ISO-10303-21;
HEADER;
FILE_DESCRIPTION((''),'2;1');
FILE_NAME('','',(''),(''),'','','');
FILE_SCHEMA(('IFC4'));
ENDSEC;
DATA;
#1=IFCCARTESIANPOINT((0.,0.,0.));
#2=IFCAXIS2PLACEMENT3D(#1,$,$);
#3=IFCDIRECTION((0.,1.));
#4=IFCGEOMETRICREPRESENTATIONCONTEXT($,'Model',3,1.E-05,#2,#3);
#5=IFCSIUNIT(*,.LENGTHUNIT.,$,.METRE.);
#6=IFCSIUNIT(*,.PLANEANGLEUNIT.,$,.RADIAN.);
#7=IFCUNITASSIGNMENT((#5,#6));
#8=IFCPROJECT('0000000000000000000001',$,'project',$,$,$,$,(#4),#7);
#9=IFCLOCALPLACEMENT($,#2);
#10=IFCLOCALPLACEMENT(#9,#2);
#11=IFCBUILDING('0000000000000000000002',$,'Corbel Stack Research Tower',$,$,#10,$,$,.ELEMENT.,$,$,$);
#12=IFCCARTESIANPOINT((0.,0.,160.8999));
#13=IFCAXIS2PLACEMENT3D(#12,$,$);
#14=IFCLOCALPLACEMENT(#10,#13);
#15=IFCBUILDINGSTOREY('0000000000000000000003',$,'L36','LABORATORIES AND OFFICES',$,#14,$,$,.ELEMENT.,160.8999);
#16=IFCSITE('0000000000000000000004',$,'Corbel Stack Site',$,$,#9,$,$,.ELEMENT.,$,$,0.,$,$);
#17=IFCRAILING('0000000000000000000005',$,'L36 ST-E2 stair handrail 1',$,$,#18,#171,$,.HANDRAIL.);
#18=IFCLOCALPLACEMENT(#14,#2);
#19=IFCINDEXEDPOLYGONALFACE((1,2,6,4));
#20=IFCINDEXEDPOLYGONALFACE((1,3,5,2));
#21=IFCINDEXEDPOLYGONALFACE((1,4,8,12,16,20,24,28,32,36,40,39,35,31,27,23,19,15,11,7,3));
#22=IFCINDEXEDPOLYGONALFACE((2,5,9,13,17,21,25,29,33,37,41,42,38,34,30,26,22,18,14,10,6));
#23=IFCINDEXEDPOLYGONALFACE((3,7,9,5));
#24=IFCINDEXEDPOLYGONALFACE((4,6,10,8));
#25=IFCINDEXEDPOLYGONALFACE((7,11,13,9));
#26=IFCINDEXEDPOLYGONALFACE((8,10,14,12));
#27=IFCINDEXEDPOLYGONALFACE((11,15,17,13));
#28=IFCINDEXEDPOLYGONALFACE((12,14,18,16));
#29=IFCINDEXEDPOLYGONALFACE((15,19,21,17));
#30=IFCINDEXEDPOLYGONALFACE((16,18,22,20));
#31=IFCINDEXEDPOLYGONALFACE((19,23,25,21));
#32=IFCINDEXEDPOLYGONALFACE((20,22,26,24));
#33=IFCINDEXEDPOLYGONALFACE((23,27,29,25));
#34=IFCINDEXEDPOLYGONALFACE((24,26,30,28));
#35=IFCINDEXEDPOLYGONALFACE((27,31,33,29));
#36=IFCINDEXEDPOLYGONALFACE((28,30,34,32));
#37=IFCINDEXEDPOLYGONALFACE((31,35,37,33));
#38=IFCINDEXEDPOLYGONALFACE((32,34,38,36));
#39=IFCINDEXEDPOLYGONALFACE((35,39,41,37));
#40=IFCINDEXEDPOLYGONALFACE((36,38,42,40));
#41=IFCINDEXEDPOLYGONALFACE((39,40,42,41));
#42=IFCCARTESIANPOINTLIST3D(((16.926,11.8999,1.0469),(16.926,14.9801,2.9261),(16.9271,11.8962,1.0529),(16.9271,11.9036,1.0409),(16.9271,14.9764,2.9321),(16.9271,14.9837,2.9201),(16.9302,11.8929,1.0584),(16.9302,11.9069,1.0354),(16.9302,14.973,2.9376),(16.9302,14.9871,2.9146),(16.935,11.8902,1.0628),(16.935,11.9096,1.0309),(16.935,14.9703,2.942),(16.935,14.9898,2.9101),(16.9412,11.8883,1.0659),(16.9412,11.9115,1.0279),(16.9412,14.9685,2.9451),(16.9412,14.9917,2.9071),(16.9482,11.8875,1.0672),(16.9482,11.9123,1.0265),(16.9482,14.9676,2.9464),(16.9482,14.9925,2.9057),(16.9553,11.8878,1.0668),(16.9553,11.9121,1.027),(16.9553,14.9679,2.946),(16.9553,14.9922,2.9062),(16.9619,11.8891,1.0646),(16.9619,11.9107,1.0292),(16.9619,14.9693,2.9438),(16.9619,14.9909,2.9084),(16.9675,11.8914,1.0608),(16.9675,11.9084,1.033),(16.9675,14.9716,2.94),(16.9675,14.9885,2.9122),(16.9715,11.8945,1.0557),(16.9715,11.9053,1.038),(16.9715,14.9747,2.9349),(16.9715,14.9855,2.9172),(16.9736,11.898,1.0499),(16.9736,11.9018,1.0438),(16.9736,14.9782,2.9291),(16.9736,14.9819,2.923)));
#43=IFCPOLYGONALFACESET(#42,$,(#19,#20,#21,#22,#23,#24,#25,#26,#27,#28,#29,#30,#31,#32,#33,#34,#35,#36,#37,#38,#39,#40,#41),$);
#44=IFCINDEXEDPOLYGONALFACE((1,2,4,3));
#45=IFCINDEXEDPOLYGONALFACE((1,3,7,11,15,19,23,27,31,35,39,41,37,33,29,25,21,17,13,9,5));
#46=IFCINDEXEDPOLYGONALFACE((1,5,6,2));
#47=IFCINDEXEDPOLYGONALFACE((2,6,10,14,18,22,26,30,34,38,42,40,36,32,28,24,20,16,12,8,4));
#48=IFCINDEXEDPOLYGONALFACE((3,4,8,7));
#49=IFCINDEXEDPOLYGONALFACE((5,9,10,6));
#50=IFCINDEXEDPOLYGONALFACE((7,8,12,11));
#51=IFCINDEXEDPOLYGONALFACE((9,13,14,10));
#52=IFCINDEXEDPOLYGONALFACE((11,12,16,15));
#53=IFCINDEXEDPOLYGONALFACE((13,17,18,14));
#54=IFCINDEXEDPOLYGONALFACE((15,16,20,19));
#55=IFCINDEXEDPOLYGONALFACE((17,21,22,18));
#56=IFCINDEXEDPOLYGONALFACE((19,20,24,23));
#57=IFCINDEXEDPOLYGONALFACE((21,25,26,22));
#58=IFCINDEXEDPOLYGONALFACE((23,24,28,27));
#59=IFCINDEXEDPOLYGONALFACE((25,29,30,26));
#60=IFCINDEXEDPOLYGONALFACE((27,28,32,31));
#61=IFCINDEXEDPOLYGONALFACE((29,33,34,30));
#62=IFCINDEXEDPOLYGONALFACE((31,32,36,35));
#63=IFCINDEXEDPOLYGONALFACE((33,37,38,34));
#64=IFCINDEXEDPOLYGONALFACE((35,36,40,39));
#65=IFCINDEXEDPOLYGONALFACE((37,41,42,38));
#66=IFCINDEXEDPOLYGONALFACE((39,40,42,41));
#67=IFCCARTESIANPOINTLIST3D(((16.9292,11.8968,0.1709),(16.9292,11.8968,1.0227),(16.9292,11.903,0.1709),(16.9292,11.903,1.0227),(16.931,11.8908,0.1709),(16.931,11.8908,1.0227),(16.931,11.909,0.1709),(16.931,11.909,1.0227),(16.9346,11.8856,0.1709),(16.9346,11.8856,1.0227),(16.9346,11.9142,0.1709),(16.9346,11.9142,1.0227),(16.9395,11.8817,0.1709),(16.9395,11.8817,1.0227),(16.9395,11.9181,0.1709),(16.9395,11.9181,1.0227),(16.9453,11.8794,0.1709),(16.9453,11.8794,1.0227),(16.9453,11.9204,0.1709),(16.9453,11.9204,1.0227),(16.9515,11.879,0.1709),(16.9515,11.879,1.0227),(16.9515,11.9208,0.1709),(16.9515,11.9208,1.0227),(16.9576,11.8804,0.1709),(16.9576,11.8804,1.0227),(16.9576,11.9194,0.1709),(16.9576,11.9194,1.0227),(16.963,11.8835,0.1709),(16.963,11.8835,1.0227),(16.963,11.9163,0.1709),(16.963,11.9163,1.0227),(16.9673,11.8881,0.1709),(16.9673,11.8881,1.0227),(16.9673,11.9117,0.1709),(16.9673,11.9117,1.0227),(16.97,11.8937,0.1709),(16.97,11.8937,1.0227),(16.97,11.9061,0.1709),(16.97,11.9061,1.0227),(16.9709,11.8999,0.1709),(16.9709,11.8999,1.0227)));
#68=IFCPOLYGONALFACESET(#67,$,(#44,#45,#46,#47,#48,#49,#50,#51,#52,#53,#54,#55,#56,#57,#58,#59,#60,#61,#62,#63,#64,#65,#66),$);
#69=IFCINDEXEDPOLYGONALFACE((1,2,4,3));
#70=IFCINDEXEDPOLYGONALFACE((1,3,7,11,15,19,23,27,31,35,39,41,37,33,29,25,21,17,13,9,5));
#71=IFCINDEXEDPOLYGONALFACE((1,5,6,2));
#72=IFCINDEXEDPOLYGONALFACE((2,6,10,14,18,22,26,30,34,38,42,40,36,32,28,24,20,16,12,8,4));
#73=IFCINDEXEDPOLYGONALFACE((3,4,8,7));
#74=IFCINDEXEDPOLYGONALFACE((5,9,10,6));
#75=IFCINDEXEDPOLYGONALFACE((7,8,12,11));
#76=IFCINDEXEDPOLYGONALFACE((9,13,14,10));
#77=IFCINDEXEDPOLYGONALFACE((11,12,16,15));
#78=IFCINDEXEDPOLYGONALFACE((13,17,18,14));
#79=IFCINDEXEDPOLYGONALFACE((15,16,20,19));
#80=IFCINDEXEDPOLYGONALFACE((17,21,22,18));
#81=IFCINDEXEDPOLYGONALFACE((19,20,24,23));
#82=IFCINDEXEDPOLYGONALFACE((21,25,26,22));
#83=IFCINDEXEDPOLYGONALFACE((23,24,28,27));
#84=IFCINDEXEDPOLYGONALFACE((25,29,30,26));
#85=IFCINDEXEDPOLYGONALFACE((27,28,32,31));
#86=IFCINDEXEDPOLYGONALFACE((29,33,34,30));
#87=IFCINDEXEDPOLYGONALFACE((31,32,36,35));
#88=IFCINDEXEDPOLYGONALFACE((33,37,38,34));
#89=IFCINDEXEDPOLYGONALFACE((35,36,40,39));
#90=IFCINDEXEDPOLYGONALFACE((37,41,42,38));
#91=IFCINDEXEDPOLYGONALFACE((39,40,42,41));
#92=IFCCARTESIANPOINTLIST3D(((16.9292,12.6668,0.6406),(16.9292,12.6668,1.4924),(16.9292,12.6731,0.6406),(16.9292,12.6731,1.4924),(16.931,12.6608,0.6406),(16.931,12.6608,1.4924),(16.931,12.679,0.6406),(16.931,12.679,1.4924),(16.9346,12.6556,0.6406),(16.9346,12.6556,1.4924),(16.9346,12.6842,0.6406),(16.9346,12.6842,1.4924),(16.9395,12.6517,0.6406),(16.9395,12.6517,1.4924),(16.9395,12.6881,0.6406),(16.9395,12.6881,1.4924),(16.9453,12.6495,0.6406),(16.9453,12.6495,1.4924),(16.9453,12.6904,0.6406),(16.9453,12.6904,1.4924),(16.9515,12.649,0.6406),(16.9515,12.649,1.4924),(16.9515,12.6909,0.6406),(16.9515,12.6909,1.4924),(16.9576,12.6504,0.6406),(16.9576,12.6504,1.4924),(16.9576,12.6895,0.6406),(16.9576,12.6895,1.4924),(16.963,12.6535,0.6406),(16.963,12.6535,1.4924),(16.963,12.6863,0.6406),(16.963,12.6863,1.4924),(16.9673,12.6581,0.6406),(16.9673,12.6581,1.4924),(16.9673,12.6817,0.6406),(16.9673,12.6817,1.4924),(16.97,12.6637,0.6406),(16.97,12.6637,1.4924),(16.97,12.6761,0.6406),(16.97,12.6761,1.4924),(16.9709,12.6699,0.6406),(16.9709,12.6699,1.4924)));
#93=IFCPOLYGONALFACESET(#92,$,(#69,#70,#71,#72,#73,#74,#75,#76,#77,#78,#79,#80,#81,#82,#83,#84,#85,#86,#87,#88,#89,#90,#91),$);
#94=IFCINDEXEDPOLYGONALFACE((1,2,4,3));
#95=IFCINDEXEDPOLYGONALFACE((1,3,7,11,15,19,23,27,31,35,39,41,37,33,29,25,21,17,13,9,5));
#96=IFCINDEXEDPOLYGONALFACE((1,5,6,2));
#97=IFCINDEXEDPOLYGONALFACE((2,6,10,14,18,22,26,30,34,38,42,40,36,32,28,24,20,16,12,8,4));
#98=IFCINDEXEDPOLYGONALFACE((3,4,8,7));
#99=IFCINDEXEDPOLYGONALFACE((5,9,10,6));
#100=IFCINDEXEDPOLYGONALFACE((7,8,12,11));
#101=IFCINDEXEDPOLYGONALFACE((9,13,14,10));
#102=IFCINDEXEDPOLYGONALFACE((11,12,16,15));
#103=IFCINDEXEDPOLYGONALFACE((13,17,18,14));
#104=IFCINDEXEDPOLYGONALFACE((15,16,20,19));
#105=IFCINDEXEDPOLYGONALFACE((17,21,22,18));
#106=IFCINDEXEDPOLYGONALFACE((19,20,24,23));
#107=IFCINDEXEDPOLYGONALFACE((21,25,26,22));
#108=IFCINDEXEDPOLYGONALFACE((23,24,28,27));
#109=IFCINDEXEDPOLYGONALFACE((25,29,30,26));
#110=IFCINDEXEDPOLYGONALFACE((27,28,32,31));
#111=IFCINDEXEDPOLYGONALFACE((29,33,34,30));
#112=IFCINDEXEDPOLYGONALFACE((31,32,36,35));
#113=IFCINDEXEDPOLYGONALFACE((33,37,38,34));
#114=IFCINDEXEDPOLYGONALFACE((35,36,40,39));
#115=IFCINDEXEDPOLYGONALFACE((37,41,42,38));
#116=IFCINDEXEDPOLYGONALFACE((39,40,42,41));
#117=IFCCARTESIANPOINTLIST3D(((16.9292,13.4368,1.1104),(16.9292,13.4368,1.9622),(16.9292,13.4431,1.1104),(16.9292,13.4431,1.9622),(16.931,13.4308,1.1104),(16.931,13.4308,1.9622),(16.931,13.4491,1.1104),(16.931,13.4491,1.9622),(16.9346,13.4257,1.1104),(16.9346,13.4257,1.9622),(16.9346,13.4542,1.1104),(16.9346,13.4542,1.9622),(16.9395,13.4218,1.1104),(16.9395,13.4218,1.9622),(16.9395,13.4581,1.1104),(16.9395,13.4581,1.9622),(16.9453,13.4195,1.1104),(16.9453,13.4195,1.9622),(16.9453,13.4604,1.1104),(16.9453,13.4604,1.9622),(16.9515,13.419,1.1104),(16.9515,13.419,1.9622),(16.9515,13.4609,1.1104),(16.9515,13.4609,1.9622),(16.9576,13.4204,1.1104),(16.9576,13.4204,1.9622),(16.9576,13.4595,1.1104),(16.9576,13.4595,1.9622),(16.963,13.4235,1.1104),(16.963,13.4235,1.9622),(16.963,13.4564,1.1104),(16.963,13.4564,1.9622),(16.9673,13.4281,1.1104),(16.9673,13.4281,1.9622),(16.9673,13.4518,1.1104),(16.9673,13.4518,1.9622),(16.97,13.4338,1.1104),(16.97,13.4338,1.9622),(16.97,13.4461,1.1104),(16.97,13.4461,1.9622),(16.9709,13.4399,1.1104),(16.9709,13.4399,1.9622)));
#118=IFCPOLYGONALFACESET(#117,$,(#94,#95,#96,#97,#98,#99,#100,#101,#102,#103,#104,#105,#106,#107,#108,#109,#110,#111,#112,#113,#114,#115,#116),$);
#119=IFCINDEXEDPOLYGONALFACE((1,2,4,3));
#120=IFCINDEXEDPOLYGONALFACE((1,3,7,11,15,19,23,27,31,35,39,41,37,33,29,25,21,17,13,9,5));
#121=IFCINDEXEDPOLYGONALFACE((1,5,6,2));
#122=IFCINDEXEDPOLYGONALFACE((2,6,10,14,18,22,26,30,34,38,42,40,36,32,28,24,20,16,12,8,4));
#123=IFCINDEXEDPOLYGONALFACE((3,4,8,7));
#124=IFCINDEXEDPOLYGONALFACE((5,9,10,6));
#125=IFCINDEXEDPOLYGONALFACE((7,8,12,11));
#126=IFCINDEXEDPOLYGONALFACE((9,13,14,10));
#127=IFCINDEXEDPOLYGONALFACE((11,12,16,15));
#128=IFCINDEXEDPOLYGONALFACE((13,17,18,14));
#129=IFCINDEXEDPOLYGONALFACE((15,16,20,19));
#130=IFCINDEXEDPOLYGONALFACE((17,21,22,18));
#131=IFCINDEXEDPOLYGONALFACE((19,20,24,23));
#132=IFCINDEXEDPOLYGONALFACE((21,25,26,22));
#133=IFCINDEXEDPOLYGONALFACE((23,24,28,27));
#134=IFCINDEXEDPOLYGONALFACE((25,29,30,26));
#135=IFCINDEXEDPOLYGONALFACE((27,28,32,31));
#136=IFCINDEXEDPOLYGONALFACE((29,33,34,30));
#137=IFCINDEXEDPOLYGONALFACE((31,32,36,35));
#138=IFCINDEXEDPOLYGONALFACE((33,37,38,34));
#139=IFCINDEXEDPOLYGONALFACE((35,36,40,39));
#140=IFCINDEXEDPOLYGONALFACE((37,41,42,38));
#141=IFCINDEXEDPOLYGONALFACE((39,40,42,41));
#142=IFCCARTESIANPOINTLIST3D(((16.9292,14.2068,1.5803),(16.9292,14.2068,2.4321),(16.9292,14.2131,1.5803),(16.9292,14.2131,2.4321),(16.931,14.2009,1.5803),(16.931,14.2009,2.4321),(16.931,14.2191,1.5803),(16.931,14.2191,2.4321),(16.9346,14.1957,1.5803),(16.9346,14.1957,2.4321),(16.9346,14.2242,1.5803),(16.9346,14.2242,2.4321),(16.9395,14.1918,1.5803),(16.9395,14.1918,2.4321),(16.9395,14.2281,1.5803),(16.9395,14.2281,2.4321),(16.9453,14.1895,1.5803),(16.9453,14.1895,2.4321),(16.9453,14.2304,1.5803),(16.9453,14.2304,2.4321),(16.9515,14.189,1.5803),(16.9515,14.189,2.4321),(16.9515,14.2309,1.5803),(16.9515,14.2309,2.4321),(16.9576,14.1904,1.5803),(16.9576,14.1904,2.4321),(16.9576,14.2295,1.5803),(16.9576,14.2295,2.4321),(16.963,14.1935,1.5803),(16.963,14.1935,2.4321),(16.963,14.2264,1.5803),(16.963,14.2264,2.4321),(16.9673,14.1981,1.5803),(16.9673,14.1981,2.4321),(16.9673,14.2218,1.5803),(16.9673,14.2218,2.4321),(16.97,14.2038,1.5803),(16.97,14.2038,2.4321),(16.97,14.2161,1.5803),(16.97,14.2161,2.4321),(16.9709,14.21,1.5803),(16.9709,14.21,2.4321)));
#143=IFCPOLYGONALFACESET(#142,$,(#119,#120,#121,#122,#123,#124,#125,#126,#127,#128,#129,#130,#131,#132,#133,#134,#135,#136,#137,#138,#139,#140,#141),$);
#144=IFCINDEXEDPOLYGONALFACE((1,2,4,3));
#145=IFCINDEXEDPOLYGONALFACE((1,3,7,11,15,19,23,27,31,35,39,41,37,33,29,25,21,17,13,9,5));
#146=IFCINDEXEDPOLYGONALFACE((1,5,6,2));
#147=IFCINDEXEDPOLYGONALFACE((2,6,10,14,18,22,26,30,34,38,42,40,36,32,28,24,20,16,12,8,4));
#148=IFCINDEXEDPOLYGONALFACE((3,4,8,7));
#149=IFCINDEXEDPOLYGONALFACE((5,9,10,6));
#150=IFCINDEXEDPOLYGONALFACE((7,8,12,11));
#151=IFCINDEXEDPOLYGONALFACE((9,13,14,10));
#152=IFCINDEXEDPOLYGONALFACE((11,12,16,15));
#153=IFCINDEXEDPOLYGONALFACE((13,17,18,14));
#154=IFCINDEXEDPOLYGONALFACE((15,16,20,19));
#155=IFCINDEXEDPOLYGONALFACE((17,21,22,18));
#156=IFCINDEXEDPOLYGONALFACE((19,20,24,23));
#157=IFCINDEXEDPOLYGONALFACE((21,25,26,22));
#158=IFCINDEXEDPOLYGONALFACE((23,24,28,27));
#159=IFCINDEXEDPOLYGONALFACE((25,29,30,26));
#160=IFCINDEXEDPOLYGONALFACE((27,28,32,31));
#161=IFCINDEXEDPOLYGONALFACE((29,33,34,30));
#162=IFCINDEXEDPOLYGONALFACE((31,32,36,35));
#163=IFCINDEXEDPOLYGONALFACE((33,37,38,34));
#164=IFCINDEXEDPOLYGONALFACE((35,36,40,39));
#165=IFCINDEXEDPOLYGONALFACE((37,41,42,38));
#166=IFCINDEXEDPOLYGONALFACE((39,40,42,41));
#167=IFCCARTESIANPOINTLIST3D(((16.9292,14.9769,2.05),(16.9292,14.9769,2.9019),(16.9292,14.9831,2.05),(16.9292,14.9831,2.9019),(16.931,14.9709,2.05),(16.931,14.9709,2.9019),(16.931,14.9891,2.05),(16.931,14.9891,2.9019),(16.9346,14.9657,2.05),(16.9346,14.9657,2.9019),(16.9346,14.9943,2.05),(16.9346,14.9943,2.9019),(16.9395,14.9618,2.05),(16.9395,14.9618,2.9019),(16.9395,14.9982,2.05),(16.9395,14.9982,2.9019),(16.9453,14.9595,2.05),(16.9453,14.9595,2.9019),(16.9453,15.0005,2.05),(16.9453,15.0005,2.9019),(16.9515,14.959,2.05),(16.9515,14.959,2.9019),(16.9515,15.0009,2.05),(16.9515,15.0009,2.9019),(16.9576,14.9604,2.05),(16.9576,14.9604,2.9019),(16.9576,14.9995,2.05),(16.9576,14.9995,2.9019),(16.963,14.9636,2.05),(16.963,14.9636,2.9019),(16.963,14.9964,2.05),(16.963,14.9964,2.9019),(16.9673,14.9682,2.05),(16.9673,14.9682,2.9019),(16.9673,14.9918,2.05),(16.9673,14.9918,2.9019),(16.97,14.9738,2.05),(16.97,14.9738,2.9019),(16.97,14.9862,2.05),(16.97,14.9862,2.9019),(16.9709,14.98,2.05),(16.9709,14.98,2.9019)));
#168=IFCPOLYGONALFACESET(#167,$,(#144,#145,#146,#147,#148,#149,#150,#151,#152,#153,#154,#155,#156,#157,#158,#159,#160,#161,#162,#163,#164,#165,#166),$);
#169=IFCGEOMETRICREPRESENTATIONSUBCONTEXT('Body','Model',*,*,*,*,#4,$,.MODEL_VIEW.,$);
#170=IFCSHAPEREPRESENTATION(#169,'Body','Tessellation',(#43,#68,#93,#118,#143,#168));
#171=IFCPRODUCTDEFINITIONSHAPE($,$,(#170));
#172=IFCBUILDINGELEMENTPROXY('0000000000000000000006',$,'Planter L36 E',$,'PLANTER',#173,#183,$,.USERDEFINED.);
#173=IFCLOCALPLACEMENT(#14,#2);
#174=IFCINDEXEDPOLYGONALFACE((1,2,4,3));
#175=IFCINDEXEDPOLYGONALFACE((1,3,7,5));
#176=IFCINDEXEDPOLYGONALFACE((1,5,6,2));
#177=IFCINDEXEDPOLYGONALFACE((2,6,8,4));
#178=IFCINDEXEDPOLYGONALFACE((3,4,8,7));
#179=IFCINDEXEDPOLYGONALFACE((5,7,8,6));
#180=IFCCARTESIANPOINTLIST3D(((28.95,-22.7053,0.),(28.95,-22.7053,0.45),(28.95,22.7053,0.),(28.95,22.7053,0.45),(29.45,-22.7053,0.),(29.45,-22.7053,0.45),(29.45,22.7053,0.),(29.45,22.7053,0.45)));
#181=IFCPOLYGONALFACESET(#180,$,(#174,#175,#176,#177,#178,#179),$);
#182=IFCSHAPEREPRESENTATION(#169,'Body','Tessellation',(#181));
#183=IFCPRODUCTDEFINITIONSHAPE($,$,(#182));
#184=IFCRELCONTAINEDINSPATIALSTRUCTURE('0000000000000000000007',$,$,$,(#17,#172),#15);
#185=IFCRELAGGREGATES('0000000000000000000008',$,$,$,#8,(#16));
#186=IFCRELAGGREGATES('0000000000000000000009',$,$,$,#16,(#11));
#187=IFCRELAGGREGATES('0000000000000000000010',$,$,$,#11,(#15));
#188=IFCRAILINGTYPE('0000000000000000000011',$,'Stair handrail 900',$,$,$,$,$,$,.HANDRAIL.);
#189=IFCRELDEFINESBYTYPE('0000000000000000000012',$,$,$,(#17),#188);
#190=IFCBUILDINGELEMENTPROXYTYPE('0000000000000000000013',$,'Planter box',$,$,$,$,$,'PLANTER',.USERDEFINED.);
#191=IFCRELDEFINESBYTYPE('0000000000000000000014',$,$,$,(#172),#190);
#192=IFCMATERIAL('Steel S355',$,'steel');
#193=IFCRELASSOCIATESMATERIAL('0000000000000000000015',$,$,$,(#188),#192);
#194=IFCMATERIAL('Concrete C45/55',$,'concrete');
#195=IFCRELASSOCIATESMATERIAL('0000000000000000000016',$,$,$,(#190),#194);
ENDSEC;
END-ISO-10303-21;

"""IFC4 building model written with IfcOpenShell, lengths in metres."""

from ifc_helpers import new_model, si_unit, direction, frame, origin, origin_2d, place, context, subcontext, project, spatial, rectangle, circle, extrude, material, type_object, element, save


model = new_model("IFC4")

# Units and contexts
model_context = context("Model", 3, precision=1e-05, world=origin(), true_north=direction((0.0, 1.0)))
body_context = subcontext(model_context, "Body", "Model", "MODEL_VIEW")
ifc_project = project(units=[si_unit("LENGTHUNIT", "METRE"), si_unit("PLANEANGLEUNIT", "RADIAN")], contexts=[model_context])

# Site, building, storey
site_placement = place(None, origin())
site = spatial("IfcSite", under=ifc_project, at=site_placement, Name="Corbel Stack Site", CompositionType="ELEMENT", RefElevation=0.0)
building_placement = place(site_placement, origin())
building = spatial("IfcBuilding", under=site, at=building_placement, Name="Corbel Stack Research Tower", CompositionType="ELEMENT")
storey_placement = place(building_placement, frame((0.0, 0.0, 160.8999)))
storey = spatial("IfcBuildingStorey", under=building, at=storey_placement, Name="L36", Description="LABORATORIES AND OFFICES", CompositionType="ELEMENT", Elevation=160.8999)

# Railing
ifc_material_1 = material(Name="Steel S355", Category="steel")
railing_type_1 = type_object("IfcRailingType", Name="Stair handrail 900", PredefinedType="HANDRAIL", material=ifc_material_1)
railing_placement = place(storey_placement, frame((16.95, 11.8999, 0.1709)))
element("IfcRailing", 1, at=railing_placement, inside=storey, type_object=railing_type_1, Name="L36 ST-E2 stair handrail 1", PredefinedType="HANDRAIL", context=body_context, shape_type="SweptSolid", body=[
    extrude(circle(Radius=0.0239, at=origin_2d()), frame((0.0, 0.0, 0.876), z_axis=(0.0, 0.853666, 0.52082), x_axis=(-1.0, 0.0, 0.0)), (0.0, 0.0, 1.0), 3.6082),
    extrude(circle(Radius=0.021, at=origin_2d()), origin(), (0.0, 0.0, 1.0), 0.8518),
    extrude(circle(Radius=0.021, at=origin_2d()), frame((0.0, 0.77, 0.4697)), (0.0, 0.0, 1.0), 0.8518),
    extrude(circle(Radius=0.021, at=origin_2d()), frame((0.0, 1.54, 0.9395)), (0.0, 0.0, 1.0), 0.8518),
    extrude(circle(Radius=0.021, at=origin_2d()), frame((0.0, 2.3101, 1.4094)), (0.0, 0.0, 1.0), 0.8518),
    extrude(circle(Radius=0.021, at=origin_2d()), frame((0.0, 3.0801, 1.8792)), (0.0, 0.0, 1.0), 0.8518),
])

# Building element proxy
ifc_material_2 = material(Name="Concrete C45/55", Category="concrete")
building_element_proxy_type = type_object("IfcBuildingElementProxyType", Name="Planter box", ElementType="PLANTER", PredefinedType="USERDEFINED", material=ifc_material_2)
proxy_placement = place(storey_placement, frame((29.2, 0.0, 0.0), z_axis=(0.0, 0.0, 1.0), x_axis=(0.0, 1.0, 0.0)))
element("IfcBuildingElementProxy", 2, at=proxy_placement, inside=storey, type_object=building_element_proxy_type, Name="Planter L36 E", ObjectType="PLANTER", PredefinedType="USERDEFINED", context=body_context, shape_type="SweptSolid", body=[
    extrude(rectangle(XDim=45.4106, YDim=0.5, at=origin_2d()), origin(), (0.0, 0.0, 1.0), 0.45),
])

save(model, "model.ifc")
